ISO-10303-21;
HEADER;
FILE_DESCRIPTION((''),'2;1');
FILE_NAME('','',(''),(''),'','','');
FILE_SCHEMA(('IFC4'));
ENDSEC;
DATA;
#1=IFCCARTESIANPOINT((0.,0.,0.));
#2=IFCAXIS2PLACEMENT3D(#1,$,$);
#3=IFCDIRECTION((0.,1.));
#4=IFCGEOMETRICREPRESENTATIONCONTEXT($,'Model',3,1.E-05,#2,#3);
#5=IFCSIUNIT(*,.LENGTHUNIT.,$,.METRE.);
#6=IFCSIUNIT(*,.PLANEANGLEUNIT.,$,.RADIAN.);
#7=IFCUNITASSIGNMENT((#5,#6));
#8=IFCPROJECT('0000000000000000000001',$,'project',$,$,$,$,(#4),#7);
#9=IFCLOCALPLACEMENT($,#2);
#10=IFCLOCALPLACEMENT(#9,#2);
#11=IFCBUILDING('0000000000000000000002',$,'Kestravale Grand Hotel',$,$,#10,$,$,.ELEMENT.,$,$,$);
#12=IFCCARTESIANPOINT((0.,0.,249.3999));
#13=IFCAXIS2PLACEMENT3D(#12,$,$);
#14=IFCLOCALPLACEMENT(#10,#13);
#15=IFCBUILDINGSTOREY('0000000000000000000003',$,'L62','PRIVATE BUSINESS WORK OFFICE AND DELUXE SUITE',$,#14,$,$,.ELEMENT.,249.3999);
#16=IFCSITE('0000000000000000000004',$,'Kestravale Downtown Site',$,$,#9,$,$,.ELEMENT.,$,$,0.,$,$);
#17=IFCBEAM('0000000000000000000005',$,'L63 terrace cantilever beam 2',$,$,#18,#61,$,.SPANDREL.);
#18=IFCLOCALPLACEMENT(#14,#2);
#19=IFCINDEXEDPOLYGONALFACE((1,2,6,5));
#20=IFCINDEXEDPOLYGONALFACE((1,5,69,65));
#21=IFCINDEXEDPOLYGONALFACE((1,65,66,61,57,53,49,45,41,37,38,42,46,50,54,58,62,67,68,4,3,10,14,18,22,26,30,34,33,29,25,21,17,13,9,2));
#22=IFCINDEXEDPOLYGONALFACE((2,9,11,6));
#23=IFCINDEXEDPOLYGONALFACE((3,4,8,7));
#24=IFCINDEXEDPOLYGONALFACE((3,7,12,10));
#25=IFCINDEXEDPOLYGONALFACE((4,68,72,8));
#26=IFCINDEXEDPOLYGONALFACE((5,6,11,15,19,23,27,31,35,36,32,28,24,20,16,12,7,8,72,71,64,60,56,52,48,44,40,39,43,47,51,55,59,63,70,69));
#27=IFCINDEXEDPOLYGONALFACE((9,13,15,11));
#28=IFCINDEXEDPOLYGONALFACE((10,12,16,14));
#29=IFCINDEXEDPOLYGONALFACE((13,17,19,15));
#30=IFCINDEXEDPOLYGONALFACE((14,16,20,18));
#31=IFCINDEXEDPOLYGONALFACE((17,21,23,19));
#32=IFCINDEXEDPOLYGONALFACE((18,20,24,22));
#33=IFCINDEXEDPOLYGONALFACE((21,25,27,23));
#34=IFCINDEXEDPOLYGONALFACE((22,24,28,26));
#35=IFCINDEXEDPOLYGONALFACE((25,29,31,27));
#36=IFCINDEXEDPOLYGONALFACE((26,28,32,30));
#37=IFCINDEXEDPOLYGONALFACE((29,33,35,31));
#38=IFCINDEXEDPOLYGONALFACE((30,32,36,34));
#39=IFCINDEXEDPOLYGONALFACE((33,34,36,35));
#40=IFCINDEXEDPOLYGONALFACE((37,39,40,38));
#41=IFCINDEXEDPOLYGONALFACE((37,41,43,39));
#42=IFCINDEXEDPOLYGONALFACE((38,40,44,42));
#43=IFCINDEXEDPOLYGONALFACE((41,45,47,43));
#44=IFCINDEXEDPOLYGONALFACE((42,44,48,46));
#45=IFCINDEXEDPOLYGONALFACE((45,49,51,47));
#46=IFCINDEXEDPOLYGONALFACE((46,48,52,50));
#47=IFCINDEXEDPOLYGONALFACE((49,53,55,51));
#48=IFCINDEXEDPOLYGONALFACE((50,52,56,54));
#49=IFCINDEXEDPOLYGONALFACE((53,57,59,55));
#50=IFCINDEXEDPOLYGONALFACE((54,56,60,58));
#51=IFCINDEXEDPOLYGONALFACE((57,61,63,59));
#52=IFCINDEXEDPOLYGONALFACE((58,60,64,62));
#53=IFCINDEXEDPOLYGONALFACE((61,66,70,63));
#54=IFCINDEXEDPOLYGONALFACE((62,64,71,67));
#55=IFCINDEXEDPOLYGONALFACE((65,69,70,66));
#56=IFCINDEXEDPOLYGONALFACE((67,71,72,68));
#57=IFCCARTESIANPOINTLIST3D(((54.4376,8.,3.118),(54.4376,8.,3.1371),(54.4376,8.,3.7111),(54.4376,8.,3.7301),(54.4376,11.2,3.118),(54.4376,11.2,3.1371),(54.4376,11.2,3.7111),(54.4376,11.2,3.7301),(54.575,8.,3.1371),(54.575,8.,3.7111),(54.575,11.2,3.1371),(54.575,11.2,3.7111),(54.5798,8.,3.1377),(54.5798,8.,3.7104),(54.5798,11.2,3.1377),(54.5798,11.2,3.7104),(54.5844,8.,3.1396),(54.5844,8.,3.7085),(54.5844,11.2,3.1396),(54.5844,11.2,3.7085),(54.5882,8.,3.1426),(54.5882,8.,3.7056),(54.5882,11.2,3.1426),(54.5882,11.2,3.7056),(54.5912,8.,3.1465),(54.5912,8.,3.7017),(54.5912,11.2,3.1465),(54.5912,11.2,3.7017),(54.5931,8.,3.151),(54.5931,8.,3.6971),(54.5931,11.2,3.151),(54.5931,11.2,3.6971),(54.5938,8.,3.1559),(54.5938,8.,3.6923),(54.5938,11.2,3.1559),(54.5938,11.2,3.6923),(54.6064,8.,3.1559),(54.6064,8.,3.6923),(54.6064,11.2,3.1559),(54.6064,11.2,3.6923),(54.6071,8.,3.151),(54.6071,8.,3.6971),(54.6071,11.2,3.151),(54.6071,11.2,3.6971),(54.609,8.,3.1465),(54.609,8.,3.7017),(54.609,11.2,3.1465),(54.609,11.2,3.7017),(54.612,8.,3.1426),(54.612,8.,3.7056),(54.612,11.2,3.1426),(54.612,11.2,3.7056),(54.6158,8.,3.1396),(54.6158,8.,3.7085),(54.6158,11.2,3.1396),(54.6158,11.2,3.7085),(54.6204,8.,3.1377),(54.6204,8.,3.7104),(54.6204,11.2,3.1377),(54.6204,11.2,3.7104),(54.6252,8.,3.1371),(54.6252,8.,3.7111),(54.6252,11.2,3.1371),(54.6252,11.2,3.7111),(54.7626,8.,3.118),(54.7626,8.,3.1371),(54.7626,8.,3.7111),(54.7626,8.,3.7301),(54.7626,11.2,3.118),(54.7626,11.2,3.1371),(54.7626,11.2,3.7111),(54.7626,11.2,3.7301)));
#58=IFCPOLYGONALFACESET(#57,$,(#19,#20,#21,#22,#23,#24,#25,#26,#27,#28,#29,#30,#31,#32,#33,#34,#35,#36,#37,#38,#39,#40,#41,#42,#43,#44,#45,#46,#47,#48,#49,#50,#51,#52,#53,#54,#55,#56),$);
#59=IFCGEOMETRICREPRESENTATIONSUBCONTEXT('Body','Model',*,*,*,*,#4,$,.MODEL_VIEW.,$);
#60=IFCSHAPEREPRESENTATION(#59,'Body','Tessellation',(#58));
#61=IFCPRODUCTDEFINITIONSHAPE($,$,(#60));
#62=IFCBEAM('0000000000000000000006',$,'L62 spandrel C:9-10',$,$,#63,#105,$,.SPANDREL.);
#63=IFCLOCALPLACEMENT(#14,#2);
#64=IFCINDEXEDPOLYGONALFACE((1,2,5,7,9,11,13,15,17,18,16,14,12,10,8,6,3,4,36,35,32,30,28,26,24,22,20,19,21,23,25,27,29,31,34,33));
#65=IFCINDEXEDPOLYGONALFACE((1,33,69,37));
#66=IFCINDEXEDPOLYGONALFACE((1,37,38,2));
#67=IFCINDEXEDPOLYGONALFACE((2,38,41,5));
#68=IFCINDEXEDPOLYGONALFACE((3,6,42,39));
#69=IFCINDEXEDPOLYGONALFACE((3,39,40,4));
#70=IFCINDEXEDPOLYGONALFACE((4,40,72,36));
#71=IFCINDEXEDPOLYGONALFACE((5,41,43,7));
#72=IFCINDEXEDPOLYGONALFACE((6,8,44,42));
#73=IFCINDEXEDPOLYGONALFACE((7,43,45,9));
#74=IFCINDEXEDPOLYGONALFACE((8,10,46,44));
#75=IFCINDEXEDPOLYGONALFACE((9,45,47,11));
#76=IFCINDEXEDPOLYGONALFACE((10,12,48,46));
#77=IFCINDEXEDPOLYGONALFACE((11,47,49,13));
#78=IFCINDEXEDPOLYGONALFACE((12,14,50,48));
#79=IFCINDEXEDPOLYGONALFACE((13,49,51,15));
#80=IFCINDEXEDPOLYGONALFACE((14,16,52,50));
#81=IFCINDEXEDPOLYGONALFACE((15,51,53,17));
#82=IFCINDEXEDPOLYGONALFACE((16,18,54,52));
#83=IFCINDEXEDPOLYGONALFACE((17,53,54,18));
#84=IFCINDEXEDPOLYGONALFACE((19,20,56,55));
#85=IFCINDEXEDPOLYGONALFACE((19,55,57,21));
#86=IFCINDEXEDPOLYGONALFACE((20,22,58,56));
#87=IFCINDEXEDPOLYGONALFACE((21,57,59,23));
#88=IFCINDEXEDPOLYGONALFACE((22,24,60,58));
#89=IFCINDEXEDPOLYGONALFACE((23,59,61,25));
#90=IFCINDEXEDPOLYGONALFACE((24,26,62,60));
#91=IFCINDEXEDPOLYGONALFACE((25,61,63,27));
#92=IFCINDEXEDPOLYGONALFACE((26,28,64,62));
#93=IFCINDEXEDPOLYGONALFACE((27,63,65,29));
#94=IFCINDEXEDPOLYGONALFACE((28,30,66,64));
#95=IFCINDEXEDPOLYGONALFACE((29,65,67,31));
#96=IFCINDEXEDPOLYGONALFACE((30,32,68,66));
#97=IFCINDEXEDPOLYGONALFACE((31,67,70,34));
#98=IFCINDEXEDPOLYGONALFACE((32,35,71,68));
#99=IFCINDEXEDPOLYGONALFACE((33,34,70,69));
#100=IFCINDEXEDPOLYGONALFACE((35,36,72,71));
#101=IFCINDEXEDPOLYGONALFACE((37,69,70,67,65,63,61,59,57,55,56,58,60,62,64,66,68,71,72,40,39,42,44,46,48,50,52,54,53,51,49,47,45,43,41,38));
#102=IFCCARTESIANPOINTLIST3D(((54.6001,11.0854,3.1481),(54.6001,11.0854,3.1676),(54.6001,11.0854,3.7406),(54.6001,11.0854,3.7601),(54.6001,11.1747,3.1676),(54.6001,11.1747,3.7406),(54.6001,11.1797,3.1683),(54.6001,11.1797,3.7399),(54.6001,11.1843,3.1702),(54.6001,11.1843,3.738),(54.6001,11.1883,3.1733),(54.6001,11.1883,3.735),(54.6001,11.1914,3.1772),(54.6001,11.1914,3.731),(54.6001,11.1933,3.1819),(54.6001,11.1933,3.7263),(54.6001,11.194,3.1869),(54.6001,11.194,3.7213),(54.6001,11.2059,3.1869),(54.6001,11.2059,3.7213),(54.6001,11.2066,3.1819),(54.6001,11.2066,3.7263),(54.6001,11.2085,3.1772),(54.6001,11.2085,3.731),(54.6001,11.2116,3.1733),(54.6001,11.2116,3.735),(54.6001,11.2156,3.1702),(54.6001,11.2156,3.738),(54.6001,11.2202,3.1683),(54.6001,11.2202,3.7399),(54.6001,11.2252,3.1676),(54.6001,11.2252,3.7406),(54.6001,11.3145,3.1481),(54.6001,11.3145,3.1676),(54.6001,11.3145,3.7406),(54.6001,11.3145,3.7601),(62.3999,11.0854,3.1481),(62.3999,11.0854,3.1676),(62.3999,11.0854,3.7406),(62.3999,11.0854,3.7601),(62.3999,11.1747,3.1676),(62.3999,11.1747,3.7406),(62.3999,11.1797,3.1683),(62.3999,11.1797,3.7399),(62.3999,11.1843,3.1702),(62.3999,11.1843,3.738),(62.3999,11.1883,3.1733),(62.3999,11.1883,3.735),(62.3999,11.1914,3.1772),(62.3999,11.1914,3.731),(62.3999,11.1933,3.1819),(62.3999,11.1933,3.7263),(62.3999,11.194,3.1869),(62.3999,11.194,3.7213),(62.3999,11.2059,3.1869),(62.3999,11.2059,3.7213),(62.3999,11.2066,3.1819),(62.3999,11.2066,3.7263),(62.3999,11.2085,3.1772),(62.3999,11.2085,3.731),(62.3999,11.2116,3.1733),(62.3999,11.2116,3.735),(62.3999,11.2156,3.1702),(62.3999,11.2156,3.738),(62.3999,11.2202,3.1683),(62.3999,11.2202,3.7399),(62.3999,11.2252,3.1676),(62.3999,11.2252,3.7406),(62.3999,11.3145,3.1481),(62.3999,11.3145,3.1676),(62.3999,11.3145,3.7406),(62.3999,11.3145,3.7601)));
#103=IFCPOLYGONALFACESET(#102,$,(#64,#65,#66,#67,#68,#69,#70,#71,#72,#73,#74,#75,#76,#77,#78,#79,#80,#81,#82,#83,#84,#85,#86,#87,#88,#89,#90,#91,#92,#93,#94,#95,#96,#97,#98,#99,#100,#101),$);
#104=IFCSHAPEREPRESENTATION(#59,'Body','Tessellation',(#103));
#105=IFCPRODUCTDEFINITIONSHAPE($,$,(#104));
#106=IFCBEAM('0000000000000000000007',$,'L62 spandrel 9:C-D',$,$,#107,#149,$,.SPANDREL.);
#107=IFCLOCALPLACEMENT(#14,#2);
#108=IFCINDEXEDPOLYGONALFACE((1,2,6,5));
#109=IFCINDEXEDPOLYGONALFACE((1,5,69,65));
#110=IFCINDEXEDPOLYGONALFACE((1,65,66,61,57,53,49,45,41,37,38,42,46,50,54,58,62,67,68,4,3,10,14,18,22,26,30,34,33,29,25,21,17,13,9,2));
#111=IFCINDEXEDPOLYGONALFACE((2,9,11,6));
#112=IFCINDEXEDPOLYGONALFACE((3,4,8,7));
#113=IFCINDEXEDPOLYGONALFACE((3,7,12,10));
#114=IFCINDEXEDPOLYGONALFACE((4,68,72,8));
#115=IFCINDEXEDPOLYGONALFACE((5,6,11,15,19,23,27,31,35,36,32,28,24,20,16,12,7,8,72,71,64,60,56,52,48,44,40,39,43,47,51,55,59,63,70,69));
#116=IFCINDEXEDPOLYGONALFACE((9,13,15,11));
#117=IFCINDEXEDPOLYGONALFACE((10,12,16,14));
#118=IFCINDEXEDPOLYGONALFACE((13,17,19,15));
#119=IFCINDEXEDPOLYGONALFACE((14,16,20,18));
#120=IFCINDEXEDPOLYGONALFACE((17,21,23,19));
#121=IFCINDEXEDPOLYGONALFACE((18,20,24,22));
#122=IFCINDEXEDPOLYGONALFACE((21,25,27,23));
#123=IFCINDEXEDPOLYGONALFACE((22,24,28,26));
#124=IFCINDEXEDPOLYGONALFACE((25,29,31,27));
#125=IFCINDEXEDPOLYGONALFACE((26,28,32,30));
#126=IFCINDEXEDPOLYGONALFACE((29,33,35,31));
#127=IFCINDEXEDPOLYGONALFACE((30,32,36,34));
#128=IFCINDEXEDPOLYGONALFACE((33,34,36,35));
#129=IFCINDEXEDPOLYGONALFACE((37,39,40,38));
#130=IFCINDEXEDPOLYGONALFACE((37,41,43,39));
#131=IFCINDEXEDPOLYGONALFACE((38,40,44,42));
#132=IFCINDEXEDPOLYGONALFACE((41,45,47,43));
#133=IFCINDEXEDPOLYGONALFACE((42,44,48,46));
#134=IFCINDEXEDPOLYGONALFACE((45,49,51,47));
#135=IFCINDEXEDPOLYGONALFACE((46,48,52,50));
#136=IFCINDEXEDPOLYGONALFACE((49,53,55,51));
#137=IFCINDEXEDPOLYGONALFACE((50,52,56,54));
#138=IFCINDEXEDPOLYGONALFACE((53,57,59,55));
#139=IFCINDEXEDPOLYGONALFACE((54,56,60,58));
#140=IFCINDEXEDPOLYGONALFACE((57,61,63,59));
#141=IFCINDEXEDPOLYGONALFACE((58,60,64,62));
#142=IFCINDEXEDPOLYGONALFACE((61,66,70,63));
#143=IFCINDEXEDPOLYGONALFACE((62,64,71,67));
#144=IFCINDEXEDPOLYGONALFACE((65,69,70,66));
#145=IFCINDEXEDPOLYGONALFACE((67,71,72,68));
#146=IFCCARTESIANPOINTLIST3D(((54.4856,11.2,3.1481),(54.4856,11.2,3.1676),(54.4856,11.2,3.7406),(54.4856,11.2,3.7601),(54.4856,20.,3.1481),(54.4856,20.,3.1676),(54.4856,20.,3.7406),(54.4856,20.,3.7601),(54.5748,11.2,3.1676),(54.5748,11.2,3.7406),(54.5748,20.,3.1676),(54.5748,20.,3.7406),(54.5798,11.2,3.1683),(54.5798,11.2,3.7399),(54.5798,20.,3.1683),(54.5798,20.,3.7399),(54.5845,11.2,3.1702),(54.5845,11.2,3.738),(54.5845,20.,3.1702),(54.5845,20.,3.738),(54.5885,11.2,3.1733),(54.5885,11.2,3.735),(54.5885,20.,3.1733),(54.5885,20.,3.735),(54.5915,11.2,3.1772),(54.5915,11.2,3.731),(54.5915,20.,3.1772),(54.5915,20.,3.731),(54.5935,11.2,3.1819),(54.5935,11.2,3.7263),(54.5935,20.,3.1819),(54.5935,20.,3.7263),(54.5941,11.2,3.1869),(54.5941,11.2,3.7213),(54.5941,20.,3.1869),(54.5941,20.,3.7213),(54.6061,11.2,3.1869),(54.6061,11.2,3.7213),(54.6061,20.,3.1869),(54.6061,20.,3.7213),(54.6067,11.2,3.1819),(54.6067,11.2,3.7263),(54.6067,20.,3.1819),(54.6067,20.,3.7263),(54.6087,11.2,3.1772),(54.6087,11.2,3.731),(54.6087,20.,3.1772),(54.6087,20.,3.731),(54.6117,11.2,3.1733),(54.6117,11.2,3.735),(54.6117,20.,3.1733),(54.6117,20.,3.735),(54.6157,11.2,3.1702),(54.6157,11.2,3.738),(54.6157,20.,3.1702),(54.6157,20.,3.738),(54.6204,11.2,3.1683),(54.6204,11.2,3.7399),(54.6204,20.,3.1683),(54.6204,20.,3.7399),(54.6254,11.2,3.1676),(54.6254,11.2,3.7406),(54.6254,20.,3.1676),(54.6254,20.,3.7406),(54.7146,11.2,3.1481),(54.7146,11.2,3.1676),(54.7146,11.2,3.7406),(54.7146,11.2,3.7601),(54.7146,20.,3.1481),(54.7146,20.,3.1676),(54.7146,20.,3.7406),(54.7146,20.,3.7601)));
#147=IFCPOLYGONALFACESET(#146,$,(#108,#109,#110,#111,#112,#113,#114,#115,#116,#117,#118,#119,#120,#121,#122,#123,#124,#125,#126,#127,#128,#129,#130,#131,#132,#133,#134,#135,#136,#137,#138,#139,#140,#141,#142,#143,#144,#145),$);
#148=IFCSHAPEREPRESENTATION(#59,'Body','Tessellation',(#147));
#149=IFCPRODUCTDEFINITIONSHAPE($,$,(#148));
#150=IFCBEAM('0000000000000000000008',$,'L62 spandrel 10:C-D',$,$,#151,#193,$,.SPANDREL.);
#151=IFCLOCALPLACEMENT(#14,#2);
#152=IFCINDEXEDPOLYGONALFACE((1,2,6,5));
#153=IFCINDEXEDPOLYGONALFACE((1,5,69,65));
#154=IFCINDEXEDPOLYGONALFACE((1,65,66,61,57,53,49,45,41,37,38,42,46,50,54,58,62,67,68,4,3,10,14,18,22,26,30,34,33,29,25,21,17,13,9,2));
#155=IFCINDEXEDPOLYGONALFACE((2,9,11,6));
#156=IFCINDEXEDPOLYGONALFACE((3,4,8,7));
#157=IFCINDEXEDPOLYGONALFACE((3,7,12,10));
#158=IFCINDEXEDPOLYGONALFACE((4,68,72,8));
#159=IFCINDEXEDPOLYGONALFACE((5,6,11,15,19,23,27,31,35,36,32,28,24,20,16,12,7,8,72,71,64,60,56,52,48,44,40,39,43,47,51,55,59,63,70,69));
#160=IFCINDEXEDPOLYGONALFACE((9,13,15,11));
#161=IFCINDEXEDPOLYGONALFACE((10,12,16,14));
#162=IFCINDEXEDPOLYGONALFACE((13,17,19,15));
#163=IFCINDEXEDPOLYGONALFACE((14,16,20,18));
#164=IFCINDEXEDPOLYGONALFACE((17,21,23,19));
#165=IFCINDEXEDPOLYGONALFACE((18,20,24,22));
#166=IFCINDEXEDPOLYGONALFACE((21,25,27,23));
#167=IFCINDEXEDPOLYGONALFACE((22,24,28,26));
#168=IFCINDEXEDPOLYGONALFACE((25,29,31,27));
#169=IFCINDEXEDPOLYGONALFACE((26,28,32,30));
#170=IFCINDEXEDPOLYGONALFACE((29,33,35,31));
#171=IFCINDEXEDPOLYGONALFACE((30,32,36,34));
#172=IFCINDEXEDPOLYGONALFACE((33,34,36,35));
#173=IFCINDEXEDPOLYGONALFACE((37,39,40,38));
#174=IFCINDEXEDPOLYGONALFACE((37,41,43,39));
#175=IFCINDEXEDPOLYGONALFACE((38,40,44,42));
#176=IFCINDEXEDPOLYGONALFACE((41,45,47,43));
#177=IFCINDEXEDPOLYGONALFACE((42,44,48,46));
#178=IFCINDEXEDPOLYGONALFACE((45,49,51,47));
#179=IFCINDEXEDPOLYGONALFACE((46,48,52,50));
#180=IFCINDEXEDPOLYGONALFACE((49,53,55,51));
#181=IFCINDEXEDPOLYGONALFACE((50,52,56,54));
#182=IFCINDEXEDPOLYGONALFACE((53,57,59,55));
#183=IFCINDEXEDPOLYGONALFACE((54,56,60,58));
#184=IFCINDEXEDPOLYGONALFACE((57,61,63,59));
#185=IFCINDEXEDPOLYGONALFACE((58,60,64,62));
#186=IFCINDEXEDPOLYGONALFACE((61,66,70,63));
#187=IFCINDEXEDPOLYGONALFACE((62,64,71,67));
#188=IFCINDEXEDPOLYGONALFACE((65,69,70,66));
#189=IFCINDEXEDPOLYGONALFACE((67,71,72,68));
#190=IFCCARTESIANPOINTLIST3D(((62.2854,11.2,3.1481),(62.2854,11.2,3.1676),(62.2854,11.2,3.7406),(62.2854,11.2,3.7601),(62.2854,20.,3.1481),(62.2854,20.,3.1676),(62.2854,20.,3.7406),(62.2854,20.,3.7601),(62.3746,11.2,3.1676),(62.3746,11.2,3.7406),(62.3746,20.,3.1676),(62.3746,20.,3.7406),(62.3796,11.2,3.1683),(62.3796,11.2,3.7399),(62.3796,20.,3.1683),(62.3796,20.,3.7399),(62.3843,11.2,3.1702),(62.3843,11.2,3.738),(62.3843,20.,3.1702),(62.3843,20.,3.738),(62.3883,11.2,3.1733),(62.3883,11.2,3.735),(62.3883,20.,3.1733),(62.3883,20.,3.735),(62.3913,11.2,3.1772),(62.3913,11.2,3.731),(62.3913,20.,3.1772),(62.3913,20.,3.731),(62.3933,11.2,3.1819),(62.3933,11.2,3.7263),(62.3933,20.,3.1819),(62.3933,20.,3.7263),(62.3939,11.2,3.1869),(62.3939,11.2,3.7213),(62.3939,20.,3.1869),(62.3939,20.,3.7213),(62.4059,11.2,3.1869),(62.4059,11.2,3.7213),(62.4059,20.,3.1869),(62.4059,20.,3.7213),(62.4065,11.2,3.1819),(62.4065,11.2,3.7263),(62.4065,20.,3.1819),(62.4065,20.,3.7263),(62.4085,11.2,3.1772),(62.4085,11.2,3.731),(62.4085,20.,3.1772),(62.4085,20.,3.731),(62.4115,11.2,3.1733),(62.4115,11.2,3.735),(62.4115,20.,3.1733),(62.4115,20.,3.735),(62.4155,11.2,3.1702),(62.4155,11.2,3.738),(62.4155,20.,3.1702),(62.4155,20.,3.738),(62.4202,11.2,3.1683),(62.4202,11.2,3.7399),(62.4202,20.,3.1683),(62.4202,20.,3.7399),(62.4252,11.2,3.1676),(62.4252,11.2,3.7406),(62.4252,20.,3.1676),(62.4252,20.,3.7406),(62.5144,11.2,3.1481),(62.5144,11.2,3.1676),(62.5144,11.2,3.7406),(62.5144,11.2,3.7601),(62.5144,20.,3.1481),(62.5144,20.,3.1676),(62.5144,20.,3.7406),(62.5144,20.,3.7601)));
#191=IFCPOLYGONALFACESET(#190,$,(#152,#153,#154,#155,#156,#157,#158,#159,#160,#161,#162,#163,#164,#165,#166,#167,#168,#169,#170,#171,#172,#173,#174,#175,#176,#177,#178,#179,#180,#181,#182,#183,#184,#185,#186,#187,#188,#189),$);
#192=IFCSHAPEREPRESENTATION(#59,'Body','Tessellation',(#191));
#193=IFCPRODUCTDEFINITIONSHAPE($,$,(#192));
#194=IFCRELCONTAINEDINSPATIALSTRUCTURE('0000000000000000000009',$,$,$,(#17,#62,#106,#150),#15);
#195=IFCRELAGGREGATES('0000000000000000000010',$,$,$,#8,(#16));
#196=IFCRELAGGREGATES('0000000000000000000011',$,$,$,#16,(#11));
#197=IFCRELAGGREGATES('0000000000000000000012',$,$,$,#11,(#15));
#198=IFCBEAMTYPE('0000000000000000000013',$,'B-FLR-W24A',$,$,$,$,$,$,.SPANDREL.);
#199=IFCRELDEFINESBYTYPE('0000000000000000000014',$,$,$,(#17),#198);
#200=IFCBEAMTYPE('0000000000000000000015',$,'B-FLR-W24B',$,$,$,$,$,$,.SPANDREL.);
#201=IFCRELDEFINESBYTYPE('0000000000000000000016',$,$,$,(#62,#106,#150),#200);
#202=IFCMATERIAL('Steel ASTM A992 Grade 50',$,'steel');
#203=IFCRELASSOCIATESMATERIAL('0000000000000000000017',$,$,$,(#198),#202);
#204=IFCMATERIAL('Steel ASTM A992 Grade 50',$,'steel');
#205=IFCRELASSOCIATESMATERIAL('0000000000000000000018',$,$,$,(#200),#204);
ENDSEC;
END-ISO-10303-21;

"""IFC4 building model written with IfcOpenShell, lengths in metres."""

from ifc_helpers import new_model, si_unit, direction, frame, origin, origin_2d, place, context, subcontext, project, spatial, i_section, extrude, material, material_profile, profile_set, type_object, element, save


model = new_model("IFC4")

# Units and contexts
model_context = context("Model", 3, precision=1e-05, world=origin(), true_north=direction((0.0, 1.0)))
body_context = subcontext(model_context, "Body", "Model", "MODEL_VIEW")
ifc_project = project(units=[si_unit("LENGTHUNIT", "METRE"), si_unit("PLANEANGLEUNIT", "RADIAN")], contexts=[model_context])

# Site, building, storey
site_placement = place(None, origin())
site = spatial("IfcSite", under=ifc_project, at=site_placement, Name="Kestravale Downtown Site", CompositionType="ELEMENT", RefElevation=0.0)
building_placement = place(site_placement, origin())
building = spatial("IfcBuilding", under=site, at=building_placement, Name="Kestravale Grand Hotel", CompositionType="ELEMENT")
storey_placement = place(building_placement, frame((0.0, 0.0, 249.3999)))
storey = spatial("IfcBuildingStorey", under=building, at=storey_placement, Name="L62", Description="PRIVATE BUSINESS WORK OFFICE AND DELUXE SUITE", CompositionType="ELEMENT", Elevation=249.3999)

# Beams
ifc_material_1 = material(Name="Steel ASTM A992 Grade 50", Category="steel")
ifc_material_profile_1 = material_profile(ifc_material_1, i_section(OverallWidth=0.325, OverallDepth=0.6121, WebThickness=0.0127, FlangeThickness=0.019, FilletRadius=0.0188, at=origin_2d()))
ifc_profile_set_1 = profile_set([ifc_material_profile_1], Name="Steel ASTM A992 Grade 50")
beam_type_1 = type_object("IfcBeamType", Name="B-FLR-W24A", PredefinedType="SPANDREL", material=ifc_profile_set_1)
beam_1_placement = place(storey_placement, frame((54.6001, 11.2, 3.4241), z_axis=(0.0, -1.0, 0.0), x_axis=(1.0, 0.0, 0.0)))
element("IfcBeam", 1, at=beam_1_placement, inside=storey, type_object=beam_type_1, Name="L63 terrace cantilever beam 2", PredefinedType="SPANDREL", context=body_context, shape_type="SweptSolid", body=[
    extrude(i_section(OverallWidth=0.325, OverallDepth=0.6121, WebThickness=0.0127, FlangeThickness=0.019, FilletRadius=0.0188, at=origin_2d()), origin(), (0.0, 0.0, 1.0), 3.2),
])
ifc_material_2 = material(Name="Steel ASTM A992 Grade 50", Category="steel")
ifc_material_profile_2 = material_profile(ifc_material_2, i_section(OverallWidth=0.229, OverallDepth=0.6121, WebThickness=0.012, FlangeThickness=0.0195, FilletRadius=0.0193, at=origin_2d()))
ifc_profile_set_2 = profile_set([ifc_material_profile_2], Name="Steel ASTM A992 Grade 50")
beam_type_2 = type_object("IfcBeamType", Name="B-FLR-W24B", PredefinedType="SPANDREL", material=ifc_profile_set_2)
beam_2_placement = place(storey_placement, frame((54.6001, 11.2, 3.4541), z_axis=(1.0, 0.0, 0.0), x_axis=(0.0, 1.0, 0.0)))
element("IfcBeam", 2, at=beam_2_placement, inside=storey, type_object=beam_type_2, Name="L62 spandrel C:9-10", PredefinedType="SPANDREL", context=body_context, shape_type="SweptSolid", body=[
    extrude(i_section(OverallWidth=0.229, OverallDepth=0.6121, WebThickness=0.012, FlangeThickness=0.0195, FilletRadius=0.0193, at=origin_2d()), origin(), (0.0, 0.0, 1.0), 7.7998),
])
for number, where, z_axis, x_axis, name in (
    (3, (54.6001, 11.2, 3.4541), (0.0, 1.0, 0.0), (-1.0, 0.0, 0.0), "L62 spandrel 9:C-D"),
    (4, (62.3999, 11.2, 3.4541), (0.0, 1.0, 0.0), (-1.0, 0.0, 0.0), "L62 spandrel 10:C-D"),
):
    element("IfcBeam", number, at=place(storey_placement, frame(where, z_axis=z_axis, x_axis=x_axis)), inside=storey, type_object=beam_type_2, Name=name, PredefinedType="SPANDREL", context=body_context, shape_type="SweptSolid", body=[
        extrude(i_section(OverallWidth=0.229, OverallDepth=0.6121, WebThickness=0.012, FlangeThickness=0.0195, FilletRadius=0.0193, at=origin_2d()), origin(), (0.0, 0.0, 1.0), 8.8),
    ])

save(model, "model.ifc")
